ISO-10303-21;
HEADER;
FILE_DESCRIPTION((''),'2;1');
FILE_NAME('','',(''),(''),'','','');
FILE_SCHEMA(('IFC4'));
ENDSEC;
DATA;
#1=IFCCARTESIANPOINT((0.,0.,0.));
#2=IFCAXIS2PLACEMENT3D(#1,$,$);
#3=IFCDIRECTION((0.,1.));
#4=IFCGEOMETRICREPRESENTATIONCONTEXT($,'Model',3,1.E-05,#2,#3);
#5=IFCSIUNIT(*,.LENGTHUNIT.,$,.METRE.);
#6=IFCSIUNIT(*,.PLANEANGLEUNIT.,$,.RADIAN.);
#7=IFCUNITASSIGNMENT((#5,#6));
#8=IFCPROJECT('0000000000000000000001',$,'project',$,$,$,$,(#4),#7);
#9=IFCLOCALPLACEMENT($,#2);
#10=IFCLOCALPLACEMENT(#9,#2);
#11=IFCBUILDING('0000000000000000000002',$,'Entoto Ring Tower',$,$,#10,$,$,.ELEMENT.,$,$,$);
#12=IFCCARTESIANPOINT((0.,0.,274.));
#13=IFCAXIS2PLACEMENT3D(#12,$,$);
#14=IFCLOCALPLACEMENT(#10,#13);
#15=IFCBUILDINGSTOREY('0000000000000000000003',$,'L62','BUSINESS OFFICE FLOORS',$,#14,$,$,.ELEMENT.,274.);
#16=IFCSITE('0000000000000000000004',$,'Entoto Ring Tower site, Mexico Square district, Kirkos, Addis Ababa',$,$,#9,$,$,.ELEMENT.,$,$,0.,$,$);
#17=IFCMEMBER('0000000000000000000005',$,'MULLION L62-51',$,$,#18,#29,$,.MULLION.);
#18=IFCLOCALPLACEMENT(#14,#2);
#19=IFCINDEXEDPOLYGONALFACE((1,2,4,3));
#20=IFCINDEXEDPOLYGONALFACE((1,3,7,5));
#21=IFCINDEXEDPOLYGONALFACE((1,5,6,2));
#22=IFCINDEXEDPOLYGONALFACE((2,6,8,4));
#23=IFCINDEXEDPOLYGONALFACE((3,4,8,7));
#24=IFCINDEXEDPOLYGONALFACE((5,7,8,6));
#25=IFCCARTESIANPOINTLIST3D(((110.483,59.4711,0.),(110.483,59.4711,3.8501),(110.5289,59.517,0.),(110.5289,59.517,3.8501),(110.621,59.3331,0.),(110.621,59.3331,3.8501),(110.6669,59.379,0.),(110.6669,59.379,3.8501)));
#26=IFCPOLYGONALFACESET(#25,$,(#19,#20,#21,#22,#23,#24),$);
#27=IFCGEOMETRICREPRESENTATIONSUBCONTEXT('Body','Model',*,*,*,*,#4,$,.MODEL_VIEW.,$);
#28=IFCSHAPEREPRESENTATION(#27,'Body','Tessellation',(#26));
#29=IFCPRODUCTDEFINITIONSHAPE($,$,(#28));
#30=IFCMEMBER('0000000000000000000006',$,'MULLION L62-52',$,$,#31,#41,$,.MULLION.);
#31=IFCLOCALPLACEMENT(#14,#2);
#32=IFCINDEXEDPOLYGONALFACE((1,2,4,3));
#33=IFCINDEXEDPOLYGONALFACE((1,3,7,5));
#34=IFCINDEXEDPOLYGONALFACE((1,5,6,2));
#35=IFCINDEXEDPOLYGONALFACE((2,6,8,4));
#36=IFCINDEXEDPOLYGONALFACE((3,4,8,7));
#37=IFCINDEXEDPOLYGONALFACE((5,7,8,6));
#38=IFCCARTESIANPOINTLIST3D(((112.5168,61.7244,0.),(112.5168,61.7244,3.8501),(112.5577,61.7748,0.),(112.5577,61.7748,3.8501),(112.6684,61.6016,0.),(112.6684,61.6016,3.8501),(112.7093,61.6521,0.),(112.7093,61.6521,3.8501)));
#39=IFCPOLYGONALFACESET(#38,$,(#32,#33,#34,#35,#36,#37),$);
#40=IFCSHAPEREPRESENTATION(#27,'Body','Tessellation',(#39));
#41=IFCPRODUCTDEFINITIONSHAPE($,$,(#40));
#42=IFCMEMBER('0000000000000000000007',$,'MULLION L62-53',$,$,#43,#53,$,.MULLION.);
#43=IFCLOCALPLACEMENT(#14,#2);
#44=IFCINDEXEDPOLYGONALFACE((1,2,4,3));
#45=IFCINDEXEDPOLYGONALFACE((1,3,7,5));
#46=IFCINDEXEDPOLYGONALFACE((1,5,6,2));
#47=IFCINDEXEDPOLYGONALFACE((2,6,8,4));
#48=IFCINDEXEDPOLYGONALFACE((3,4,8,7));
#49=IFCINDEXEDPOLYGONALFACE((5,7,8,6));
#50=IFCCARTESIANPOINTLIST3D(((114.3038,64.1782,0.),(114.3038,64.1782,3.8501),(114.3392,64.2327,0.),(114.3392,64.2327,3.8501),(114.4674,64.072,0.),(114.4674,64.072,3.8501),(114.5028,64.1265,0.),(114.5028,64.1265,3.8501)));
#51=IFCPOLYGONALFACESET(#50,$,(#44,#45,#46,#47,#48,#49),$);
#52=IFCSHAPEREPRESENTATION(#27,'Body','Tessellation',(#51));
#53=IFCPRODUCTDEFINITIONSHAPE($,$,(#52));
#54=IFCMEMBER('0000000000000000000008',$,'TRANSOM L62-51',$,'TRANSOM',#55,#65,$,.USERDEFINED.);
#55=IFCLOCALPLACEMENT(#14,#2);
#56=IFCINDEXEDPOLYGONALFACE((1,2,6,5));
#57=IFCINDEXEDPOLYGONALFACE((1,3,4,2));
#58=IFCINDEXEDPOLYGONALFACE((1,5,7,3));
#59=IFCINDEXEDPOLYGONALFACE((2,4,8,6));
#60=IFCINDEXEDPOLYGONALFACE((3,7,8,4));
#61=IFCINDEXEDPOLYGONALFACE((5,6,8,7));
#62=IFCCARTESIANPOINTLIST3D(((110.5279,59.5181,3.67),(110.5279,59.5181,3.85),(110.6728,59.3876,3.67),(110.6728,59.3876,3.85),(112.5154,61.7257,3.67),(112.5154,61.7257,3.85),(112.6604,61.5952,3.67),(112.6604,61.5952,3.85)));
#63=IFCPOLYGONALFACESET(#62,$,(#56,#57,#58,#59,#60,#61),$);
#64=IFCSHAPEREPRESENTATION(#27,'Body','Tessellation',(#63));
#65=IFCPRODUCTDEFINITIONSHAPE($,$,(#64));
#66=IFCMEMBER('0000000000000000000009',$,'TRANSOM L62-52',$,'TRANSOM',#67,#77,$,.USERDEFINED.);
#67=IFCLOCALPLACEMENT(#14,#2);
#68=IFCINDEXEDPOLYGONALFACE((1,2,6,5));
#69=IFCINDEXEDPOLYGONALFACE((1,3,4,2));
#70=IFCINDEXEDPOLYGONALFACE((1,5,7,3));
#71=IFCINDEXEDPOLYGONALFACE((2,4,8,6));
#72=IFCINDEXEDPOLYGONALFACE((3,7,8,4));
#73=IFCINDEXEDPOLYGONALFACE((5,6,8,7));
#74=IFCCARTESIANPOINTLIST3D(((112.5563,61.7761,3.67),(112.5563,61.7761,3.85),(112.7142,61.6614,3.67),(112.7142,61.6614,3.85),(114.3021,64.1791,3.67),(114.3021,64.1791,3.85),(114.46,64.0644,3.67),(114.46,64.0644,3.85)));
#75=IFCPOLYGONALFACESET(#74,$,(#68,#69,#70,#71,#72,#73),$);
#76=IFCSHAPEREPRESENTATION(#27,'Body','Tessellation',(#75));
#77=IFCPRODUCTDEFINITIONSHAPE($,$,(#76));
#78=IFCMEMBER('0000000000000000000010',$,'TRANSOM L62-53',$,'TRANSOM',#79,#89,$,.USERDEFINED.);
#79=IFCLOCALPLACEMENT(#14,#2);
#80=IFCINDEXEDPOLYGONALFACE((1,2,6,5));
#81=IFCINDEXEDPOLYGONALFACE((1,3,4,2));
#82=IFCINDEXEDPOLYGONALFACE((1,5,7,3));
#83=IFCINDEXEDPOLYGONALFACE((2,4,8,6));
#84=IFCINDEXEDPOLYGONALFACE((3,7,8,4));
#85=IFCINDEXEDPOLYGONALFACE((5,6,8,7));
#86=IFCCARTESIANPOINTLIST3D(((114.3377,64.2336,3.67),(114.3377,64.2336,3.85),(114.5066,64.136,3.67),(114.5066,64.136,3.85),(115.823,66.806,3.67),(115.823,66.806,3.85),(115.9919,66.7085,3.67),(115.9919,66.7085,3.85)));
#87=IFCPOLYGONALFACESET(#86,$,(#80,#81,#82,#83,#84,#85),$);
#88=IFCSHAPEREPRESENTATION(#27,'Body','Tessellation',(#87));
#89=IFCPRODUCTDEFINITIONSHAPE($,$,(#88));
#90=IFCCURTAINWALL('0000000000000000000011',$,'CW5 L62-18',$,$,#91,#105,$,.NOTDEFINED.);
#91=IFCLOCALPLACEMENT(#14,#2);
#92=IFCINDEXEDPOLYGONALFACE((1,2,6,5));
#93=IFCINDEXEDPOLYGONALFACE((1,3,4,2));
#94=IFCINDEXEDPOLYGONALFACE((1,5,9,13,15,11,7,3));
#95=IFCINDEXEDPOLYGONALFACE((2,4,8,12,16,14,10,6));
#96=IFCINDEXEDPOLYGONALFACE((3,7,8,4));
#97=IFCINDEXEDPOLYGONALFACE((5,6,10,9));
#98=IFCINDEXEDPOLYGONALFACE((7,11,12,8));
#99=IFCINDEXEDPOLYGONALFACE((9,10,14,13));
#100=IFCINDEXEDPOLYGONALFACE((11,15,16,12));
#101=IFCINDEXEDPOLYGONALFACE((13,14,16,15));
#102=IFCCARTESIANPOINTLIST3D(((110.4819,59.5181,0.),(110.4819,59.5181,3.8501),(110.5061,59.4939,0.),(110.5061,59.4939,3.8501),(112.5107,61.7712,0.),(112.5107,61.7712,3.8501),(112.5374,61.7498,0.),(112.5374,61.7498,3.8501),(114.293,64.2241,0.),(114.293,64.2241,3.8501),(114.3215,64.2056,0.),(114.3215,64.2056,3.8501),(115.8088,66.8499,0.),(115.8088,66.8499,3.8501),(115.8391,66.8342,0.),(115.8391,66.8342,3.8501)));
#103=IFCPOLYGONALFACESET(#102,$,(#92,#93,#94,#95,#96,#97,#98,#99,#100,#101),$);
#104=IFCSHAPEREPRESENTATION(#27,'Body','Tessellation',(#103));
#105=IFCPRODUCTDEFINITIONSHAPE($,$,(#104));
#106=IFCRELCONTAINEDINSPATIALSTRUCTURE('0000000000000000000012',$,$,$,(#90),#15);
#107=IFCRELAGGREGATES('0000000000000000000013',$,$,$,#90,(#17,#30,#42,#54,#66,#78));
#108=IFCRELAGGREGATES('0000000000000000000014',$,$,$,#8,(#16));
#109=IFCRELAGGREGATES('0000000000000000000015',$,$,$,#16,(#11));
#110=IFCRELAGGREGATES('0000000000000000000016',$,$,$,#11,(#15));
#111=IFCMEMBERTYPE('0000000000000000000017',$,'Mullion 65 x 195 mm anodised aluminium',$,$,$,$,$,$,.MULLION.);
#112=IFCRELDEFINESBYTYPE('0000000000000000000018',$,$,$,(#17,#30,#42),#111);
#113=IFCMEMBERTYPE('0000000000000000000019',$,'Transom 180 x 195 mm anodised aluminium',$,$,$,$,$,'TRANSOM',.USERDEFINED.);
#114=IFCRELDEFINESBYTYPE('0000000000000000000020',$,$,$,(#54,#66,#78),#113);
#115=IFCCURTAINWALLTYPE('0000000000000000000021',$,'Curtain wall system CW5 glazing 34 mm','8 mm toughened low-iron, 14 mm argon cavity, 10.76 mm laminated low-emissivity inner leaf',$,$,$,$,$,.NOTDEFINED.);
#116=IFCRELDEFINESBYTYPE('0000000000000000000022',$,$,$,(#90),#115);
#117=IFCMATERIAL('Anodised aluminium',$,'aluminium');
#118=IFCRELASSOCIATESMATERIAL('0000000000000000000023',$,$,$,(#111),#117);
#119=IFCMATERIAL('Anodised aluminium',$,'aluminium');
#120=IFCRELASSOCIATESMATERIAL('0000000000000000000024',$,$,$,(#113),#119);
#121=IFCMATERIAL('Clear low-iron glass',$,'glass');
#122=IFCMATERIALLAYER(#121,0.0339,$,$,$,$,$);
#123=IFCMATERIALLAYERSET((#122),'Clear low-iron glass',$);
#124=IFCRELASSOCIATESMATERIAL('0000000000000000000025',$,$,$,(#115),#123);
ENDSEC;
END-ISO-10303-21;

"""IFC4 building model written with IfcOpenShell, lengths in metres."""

from ifc_helpers import new_model, si_unit, direction, frame, origin, origin_2d, place, context, subcontext, project, spatial, polyline, rectangle, outline, extrude, material, layer, layer_set, material_profile, profile_set, type_object, element, aggregate, save


model = new_model("IFC4")

# Units and contexts
model_context = context("Model", 3, precision=1e-05, world=origin(), true_north=direction((0.0, 1.0)))
body_context = subcontext(model_context, "Body", "Model", "MODEL_VIEW")
ifc_project = project(units=[si_unit("LENGTHUNIT", "METRE"), si_unit("PLANEANGLEUNIT", "RADIAN")], contexts=[model_context])

# Members
ifc_material_1 = material(Name="Anodised aluminium", Category="aluminium")
ifc_material_profile_1 = material_profile(ifc_material_1, rectangle(XDim=0.0649, YDim=0.1951, at=origin_2d()), Name="Mullion 65 x 195 mm anodised aluminium")
ifc_profile_set_1 = profile_set([ifc_material_profile_1], Name="Anodised aluminium")
member_type_1 = type_object("IfcMemberType", Name="Mullion 65 x 195 mm anodised aluminium", PredefinedType="MULLION", material=ifc_profile_set_1)
site_placement = place(None, origin())
building_placement = place(site_placement, origin())
storey_placement = place(building_placement, frame((0.0, 0.0, 274.0)))
member_1_placement = place(storey_placement, frame((110.575, 59.425, 0.0), z_axis=(0.0, 0.0, 1.0), x_axis=(0.707107, 0.707107, 0.0)))
member_1 = element("IfcMember", 1, at=member_1_placement, type_object=member_type_1, Name="MULLION L62-51", PredefinedType="MULLION", context=body_context, shape_type="SweptSolid", body=[
    extrude(rectangle(XDim=0.0649, YDim=0.1951, at=origin_2d()), origin(), (0.0, 0.0, 1.0), 3.8501),
])
member_2_placement = place(storey_placement, frame((112.613, 61.6882, 0.0), z_axis=(0.0, 0.0, 1.0), x_axis=(0.62932, 0.777146, 0.0)))
member_2 = element("IfcMember", 2, at=member_2_placement, type_object=member_type_1, Name="MULLION L62-52", PredefinedType="MULLION", context=body_context, shape_type="SweptSolid", body=[
    extrude(rectangle(XDim=0.0649, YDim=0.1951, at=origin_2d()), origin(), (0.0, 0.0, 1.0), 3.8501),
])
member_3_placement = place(storey_placement, frame((114.4033, 64.1523, 0.0), z_axis=(0.0, 0.0, 1.0), x_axis=(0.544639, 0.838671, 0.0)))
member_3 = element("IfcMember", 3, at=member_3_placement, type_object=member_type_1, Name="MULLION L62-53", PredefinedType="MULLION", context=body_context, shape_type="SweptSolid", body=[
    extrude(rectangle(XDim=0.0649, YDim=0.1951, at=origin_2d()), origin(), (0.0, 0.0, 1.0), 3.8501),
])
ifc_material_2 = material(Name="Anodised aluminium", Category="aluminium")
ifc_material_profile_2 = material_profile(ifc_material_2, rectangle(XDim=0.1951, YDim=0.1799, at=origin_2d()), Name="Transom 180 x 195 mm anodised aluminium")
ifc_profile_set_2 = profile_set([ifc_material_profile_2], Name="Anodised aluminium")
member_type_2 = type_object("IfcMemberType", Name="Transom 180 x 195 mm anodised aluminium", ElementType="TRANSOM", PredefinedType="USERDEFINED", material=ifc_profile_set_2)
member_4_placement = place(storey_placement, frame((110.6003, 59.4529, 3.76), z_axis=(0.66911, 0.743163, 0.0), x_axis=(-0.743163, 0.66911, 0.0)))
member_4 = element("IfcMember", 4, at=member_4_placement, type_object=member_type_2, Name="TRANSOM L62-51", ObjectType="TRANSOM", PredefinedType="USERDEFINED", context=body_context, shape_type="SweptSolid", body=[
    extrude(rectangle(XDim=0.1951, YDim=0.1799, at=origin_2d()), origin(), (0.0, 0.0, 1.0), 2.9705),
])
member_5_placement = place(storey_placement, frame((112.6353, 61.7188, 3.76), z_axis=(0.587766, 0.809031, 0.0), x_axis=(-0.809031, 0.587766, 0.0)))
member_5 = element("IfcMember", 5, at=member_5_placement, type_object=member_type_2, Name="TRANSOM L62-52", ObjectType="TRANSOM", PredefinedType="USERDEFINED", context=body_context, shape_type="SweptSolid", body=[
    extrude(rectangle(XDim=0.1951, YDim=0.1799, at=origin_2d()), origin(), (0.0, 0.0, 1.0), 2.9702),
])
member_6_placement = place(storey_placement, frame((114.4221, 64.1848, 3.76), z_axis=(0.500028, 0.866009, 0.0), x_axis=(-0.866009, 0.500028, 0.0)))
member_6 = element("IfcMember", 6, at=member_6_placement, type_object=member_type_2, Name="TRANSOM L62-53", ObjectType="TRANSOM", PredefinedType="USERDEFINED", context=body_context, shape_type="SweptSolid", body=[
    extrude(rectangle(XDim=0.1951, YDim=0.1799, at=origin_2d()), origin(), (0.0, 0.0, 1.0), 2.9705),
])

# Site, building, storey
site = spatial("IfcSite", under=ifc_project, at=site_placement, Name="Entoto Ring Tower site, Mexico Square district, Kirkos, Addis Ababa", CompositionType="ELEMENT", RefElevation=0.0)
building = spatial("IfcBuilding", under=site, at=building_placement, Name="Entoto Ring Tower", CompositionType="ELEMENT")
storey = spatial("IfcBuildingStorey", under=building, at=storey_placement, Name="L62", Description="BUSINESS OFFICE FLOORS", CompositionType="ELEMENT", Elevation=274.0)

# Curtain wall
ifc_material_3 = material(Name="Clear low-iron glass", Category="glass")
ifc_layer = layer(ifc_material_3, 0.0339)
ifc_layer_set = layer_set([ifc_layer], Name="Clear low-iron glass")
curtain_wall_type = type_object("IfcCurtainWallType", Name="Curtain wall system CW5 glazing 34 mm", Description="8 mm toughened low-iron, 14 mm argon cavity, 10.76 mm laminated low-emissivity inner leaf", PredefinedType="NOTDEFINED", material=ifc_layer_set)
curtain_wall_1_placement = place(storey_placement, origin())
curtain_wall_1 = element("IfcCurtainWall", 7, at=curtain_wall_1_placement, inside=storey, type_object=curtain_wall_type, Name="CW5 L62-18", PredefinedType="NOTDEFINED", context=body_context, shape_type="SweptSolid", body=[
    extrude(outline(polyline([(110.5061, 59.4939), (112.5374, 61.7498), (114.3215, 64.2056), (115.8391, 66.8342), (115.8088, 66.8499), (114.293, 64.2241), (112.5107, 61.7712), (110.4819, 59.5181), (110.5061, 59.4939)])), origin(), (0.0, 0.0, 1.0), 3.8501),
])
aggregate(curtain_wall_1, [member_1, member_2, member_3, member_4, member_5, member_6])

save(model, "model.ifc")
